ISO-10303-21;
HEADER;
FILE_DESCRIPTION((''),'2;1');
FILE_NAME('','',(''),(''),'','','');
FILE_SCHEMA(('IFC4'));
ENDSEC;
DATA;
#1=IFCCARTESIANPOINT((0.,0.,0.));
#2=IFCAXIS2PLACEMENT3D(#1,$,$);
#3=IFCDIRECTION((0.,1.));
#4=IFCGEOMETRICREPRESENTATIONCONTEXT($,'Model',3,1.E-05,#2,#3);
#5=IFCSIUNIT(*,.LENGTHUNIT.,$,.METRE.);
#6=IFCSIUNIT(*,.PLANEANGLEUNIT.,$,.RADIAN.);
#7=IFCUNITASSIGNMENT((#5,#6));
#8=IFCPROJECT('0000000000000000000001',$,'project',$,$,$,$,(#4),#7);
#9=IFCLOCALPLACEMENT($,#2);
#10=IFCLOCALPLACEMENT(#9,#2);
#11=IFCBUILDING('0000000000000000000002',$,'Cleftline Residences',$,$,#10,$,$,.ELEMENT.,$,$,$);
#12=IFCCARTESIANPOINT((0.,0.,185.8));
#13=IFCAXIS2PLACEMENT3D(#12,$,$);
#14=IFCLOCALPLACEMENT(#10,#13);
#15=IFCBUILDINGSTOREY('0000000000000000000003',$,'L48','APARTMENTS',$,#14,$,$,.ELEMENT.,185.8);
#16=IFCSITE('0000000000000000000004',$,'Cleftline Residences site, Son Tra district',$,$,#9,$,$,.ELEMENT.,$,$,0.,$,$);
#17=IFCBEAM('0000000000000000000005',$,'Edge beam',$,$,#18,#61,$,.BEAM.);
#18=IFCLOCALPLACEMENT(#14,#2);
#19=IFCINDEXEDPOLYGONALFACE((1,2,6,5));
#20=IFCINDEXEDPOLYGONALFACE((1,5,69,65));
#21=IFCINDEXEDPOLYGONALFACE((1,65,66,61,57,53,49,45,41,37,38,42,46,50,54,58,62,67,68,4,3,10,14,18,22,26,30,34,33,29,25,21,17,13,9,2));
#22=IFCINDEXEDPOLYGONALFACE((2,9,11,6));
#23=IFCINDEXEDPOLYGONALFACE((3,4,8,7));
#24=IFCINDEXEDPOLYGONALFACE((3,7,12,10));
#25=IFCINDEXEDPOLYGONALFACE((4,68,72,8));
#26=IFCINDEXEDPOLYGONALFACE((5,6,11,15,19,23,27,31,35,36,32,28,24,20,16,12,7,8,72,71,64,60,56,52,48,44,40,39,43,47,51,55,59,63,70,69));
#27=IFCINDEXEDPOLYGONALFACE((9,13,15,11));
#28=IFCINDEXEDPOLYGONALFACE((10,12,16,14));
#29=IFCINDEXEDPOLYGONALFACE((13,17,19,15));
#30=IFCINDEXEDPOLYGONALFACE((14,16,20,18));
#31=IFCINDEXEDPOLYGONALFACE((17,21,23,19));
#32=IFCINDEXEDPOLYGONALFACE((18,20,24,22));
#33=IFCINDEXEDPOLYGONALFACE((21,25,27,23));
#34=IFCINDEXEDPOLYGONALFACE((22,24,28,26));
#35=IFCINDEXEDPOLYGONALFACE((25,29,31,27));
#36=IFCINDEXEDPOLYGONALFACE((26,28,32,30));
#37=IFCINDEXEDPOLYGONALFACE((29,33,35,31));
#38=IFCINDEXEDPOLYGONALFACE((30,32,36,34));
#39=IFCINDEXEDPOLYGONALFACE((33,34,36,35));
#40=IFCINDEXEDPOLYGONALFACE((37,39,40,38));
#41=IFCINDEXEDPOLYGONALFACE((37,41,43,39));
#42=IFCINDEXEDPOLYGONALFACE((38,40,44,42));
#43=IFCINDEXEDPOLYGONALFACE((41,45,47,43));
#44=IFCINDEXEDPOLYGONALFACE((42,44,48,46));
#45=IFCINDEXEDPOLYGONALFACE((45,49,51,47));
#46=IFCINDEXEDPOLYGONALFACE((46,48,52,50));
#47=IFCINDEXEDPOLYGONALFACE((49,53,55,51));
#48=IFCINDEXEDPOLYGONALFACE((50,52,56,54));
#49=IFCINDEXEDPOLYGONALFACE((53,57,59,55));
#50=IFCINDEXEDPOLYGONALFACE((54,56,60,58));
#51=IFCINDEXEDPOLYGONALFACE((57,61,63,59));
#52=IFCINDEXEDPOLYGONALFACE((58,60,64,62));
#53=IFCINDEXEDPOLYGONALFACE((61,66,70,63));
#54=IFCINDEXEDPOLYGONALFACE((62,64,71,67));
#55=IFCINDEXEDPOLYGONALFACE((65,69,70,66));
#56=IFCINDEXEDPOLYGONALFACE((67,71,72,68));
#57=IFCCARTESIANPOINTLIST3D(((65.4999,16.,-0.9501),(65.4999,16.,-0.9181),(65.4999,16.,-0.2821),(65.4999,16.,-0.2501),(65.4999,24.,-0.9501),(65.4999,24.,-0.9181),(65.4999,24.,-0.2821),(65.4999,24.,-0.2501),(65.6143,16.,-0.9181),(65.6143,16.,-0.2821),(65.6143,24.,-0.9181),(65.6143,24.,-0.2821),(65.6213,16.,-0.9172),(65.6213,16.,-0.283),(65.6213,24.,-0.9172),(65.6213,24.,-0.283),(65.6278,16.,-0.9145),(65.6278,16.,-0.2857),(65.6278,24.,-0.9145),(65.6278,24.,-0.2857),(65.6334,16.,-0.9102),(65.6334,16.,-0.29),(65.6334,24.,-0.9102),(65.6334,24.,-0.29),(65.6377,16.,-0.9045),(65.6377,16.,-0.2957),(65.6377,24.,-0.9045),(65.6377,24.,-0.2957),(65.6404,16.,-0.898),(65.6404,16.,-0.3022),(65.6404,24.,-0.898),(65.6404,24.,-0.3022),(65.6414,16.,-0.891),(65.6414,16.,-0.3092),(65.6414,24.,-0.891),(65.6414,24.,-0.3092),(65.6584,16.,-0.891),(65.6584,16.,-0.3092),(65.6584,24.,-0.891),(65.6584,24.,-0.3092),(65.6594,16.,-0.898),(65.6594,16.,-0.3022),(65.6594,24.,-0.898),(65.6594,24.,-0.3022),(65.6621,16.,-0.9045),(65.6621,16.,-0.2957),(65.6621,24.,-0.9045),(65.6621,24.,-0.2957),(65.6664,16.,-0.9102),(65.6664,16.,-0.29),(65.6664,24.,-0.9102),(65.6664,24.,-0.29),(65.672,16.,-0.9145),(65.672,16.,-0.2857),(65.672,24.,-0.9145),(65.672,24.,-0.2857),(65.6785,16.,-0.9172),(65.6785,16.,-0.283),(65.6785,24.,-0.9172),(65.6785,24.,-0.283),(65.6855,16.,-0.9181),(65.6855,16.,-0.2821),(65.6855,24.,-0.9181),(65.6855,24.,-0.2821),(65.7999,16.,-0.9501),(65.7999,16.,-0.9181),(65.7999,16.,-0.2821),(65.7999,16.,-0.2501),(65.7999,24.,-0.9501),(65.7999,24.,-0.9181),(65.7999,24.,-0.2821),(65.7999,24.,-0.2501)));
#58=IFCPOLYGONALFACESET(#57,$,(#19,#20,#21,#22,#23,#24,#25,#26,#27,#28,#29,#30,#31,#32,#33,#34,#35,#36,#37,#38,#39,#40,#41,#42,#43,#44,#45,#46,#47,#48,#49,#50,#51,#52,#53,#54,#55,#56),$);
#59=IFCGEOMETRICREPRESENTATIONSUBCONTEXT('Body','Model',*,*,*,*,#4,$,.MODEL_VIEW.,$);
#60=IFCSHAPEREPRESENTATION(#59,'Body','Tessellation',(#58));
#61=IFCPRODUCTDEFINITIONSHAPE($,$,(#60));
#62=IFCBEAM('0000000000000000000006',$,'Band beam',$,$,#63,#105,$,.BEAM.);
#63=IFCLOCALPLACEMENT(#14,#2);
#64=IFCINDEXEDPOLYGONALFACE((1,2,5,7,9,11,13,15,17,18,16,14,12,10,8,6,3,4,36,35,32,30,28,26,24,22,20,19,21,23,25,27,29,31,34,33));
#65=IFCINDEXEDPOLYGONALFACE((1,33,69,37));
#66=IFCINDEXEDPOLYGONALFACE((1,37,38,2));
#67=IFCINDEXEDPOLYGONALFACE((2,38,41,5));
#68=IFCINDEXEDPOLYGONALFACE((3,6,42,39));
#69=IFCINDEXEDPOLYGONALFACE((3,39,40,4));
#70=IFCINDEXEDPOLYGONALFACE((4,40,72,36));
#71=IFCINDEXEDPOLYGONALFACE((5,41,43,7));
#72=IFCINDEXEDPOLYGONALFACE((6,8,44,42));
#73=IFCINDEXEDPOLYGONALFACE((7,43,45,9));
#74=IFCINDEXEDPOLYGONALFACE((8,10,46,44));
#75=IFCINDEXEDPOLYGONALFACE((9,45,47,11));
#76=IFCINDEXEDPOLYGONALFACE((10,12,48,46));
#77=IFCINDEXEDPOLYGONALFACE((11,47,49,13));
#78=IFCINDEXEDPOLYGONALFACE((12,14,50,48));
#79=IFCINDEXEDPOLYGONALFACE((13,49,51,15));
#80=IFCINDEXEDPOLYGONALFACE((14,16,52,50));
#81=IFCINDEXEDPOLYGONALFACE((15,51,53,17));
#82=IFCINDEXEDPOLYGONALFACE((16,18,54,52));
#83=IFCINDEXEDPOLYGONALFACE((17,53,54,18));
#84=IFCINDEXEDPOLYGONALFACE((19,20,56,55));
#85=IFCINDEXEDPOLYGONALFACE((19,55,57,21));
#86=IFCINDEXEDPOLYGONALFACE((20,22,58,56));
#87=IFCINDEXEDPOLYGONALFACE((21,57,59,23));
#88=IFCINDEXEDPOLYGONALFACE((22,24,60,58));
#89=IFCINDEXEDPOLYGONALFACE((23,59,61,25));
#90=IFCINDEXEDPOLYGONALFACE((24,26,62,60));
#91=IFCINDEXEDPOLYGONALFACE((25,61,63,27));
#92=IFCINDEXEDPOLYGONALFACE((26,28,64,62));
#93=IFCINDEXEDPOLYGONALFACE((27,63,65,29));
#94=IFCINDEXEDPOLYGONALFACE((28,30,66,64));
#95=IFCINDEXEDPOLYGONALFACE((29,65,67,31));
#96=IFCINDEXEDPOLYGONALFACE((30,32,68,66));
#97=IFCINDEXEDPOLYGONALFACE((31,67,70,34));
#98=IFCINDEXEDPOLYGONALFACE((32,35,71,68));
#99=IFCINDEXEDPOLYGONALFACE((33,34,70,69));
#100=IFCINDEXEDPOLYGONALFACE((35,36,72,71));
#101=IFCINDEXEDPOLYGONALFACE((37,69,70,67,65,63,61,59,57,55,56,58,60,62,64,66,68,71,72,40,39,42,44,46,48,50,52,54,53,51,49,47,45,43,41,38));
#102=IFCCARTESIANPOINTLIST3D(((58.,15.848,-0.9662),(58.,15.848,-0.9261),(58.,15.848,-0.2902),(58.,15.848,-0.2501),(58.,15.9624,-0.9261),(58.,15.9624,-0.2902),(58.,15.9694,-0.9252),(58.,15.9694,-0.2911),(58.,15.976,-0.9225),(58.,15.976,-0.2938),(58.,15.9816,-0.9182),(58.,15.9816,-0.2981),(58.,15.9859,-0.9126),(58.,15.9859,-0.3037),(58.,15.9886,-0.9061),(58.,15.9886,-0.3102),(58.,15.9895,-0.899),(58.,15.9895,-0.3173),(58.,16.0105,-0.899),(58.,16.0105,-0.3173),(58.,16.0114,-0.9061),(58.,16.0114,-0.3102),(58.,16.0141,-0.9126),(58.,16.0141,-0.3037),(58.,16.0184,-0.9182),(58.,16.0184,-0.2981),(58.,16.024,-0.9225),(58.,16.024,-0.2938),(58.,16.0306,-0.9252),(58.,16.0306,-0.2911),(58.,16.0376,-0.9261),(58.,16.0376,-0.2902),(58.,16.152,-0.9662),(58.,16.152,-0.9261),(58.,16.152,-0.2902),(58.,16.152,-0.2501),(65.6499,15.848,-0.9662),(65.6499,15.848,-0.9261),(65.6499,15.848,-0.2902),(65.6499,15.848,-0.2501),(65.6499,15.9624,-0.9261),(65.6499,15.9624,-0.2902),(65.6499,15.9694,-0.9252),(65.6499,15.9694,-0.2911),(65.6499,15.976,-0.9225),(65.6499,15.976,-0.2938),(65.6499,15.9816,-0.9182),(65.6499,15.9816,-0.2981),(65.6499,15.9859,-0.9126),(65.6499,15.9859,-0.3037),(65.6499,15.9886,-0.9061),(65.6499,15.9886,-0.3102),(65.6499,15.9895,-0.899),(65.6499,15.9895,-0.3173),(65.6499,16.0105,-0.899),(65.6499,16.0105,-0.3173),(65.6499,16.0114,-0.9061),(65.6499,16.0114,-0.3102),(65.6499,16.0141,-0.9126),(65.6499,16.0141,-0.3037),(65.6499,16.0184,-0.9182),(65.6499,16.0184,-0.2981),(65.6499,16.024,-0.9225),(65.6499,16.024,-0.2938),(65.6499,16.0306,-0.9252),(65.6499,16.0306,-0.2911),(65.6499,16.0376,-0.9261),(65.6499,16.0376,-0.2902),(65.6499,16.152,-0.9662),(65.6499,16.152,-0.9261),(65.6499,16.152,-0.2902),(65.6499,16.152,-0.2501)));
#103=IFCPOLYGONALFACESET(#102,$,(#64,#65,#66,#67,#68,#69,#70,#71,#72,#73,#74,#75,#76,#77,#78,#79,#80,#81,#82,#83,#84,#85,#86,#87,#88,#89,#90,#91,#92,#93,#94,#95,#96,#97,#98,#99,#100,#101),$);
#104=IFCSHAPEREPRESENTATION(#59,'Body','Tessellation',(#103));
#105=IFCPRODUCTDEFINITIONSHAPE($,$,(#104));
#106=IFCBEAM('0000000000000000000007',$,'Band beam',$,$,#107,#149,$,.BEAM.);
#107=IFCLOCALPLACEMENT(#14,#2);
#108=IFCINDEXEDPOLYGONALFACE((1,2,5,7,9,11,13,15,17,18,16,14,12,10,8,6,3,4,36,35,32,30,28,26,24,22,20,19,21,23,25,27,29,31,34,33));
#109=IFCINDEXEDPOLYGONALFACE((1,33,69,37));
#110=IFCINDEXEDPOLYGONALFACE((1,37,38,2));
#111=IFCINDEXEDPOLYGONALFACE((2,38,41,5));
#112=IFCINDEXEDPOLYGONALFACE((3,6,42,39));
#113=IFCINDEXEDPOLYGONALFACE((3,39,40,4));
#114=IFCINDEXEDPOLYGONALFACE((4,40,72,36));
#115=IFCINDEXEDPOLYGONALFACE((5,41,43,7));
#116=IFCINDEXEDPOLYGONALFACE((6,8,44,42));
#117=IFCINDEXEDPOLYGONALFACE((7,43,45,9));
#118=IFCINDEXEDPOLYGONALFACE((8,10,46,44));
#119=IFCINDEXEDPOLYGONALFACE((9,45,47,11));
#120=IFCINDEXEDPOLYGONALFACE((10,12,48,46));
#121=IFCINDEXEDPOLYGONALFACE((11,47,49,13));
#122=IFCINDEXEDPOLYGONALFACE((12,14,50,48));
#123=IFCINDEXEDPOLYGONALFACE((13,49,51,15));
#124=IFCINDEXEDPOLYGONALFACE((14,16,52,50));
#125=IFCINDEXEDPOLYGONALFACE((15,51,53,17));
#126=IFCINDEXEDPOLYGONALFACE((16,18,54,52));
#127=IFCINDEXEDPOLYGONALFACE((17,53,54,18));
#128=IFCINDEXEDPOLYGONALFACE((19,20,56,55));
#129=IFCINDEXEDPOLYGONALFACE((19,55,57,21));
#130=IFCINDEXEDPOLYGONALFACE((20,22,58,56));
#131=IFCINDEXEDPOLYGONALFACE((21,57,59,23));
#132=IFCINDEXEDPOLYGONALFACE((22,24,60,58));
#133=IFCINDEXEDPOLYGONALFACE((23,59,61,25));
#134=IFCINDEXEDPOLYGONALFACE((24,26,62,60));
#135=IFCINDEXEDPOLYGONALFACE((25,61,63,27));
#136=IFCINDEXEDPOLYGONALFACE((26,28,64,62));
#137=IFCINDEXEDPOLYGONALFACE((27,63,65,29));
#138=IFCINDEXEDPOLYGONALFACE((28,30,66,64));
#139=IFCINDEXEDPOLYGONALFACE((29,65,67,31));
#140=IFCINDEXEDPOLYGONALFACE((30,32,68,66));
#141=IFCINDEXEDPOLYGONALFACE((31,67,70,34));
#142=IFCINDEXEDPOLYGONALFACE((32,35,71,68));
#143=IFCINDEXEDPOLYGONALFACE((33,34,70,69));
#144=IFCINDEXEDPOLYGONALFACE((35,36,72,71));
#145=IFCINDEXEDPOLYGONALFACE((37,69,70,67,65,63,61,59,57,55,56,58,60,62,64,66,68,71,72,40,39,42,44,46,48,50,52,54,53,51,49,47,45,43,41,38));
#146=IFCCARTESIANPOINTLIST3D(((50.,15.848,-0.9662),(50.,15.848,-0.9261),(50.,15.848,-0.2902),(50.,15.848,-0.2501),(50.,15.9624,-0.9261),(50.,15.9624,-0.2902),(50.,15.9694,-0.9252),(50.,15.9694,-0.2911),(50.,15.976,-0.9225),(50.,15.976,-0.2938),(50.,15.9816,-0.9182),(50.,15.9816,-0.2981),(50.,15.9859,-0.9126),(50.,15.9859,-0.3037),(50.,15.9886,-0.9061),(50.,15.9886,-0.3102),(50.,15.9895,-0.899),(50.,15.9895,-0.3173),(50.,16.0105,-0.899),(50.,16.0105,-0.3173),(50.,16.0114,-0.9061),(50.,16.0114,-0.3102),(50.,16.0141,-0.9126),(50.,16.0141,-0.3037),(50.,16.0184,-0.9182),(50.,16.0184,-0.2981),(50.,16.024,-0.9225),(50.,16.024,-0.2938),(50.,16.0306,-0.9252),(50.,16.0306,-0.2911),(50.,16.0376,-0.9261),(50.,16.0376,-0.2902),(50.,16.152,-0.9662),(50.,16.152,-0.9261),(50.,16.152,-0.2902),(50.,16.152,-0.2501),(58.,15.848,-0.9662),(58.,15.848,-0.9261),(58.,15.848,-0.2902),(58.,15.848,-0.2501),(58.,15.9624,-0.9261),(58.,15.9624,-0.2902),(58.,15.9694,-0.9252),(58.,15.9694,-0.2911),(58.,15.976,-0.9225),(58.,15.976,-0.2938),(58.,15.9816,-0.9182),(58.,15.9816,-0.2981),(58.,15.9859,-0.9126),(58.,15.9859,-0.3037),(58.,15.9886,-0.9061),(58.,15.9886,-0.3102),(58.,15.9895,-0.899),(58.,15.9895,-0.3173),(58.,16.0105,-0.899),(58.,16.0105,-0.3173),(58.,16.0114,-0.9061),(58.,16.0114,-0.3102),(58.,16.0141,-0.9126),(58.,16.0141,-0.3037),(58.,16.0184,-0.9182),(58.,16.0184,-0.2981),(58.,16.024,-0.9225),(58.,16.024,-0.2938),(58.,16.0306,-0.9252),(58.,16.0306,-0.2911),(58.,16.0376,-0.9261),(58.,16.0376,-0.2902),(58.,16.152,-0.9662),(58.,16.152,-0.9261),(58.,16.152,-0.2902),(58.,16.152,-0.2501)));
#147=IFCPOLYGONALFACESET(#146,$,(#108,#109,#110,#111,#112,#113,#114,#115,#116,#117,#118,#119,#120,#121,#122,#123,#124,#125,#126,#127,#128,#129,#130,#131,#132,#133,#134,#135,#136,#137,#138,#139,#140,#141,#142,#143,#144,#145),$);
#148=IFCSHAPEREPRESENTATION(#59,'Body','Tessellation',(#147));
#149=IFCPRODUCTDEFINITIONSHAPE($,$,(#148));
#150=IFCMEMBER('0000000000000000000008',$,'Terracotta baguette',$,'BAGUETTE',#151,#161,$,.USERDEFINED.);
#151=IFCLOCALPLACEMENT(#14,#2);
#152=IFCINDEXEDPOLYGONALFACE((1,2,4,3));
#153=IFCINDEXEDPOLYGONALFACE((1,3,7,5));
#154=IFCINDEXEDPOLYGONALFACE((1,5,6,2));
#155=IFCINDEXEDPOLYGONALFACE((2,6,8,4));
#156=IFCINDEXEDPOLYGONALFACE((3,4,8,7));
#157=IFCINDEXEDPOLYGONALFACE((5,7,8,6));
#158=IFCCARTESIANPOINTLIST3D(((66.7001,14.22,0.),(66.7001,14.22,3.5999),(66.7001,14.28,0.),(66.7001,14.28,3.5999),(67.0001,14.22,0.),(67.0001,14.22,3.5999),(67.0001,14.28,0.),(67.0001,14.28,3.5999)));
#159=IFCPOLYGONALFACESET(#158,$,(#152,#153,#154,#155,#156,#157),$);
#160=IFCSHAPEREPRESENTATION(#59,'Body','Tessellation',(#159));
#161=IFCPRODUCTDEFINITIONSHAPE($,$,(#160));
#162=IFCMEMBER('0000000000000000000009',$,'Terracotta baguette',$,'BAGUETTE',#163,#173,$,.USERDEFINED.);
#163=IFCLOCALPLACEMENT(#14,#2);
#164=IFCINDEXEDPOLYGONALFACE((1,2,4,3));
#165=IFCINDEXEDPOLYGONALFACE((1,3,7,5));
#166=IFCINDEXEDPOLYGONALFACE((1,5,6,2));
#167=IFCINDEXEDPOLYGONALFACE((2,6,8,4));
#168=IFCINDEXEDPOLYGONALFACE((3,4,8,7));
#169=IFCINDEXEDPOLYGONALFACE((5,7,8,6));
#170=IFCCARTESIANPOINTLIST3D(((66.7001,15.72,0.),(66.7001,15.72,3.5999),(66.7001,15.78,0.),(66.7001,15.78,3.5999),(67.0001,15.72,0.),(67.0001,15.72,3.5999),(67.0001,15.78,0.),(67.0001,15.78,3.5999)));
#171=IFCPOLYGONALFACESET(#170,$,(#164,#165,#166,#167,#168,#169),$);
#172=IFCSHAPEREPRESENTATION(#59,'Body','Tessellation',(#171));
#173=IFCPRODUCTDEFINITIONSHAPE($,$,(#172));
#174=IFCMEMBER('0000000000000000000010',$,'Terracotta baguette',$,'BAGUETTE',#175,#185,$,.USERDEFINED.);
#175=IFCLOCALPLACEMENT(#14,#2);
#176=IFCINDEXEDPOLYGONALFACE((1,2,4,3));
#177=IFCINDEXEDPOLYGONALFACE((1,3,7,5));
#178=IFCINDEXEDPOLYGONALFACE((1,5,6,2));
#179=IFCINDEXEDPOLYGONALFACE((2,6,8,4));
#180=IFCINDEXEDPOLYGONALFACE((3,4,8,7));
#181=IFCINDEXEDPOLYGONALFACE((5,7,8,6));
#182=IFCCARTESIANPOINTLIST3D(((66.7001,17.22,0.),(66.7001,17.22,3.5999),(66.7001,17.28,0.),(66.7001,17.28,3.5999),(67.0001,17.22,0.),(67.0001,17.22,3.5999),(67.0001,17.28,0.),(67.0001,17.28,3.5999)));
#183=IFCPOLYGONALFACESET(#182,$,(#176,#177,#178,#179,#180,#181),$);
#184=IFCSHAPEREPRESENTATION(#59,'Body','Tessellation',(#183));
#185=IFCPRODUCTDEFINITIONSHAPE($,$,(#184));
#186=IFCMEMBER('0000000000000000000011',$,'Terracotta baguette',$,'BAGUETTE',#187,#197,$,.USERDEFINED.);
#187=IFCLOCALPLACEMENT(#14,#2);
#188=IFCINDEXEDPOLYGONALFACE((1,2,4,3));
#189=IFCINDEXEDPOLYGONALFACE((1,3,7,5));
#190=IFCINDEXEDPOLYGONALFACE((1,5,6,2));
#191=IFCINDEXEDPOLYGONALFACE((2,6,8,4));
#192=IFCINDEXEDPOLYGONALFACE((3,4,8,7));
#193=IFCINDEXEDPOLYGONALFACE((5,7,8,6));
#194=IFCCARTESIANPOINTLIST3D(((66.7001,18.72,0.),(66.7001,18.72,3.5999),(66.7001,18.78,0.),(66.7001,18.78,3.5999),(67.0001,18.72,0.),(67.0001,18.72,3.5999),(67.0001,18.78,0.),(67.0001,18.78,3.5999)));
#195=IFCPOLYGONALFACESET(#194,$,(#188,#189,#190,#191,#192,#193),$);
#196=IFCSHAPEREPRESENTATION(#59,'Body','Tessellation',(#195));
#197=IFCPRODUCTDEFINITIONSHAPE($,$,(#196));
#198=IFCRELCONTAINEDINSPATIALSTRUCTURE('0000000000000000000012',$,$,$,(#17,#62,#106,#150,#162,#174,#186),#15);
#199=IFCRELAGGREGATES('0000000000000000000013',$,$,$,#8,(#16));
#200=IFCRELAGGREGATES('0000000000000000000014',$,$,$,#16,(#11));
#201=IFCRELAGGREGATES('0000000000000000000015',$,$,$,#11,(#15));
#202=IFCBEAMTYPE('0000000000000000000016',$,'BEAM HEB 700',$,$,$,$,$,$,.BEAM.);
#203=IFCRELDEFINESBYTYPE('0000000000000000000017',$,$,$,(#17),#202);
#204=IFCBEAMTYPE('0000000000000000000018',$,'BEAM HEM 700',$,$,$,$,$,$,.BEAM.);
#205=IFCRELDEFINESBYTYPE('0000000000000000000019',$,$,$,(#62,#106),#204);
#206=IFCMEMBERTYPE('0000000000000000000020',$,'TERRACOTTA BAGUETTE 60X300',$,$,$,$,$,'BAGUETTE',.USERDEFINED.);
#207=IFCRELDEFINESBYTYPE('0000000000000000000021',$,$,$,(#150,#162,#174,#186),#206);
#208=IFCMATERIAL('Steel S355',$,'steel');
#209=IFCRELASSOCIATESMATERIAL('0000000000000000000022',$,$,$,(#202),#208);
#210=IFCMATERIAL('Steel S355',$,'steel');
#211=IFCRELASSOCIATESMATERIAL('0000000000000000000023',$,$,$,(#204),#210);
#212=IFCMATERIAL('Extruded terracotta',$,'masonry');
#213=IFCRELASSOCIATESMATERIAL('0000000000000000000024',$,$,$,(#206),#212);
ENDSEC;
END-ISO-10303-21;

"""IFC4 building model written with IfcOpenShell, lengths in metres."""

from ifc_helpers import new_model, si_unit, direction, frame, origin, origin_2d, place, context, subcontext, project, spatial, rectangle, i_section, extrude, material, material_profile, profile_set, type_object, element, save


model = new_model("IFC4")

# Units and contexts
model_context = context("Model", 3, precision=1e-05, world=origin(), true_north=direction((0.0, 1.0)))
body_context = subcontext(model_context, "Body", "Model", "MODEL_VIEW")
ifc_project = project(units=[si_unit("LENGTHUNIT", "METRE"), si_unit("PLANEANGLEUNIT", "RADIAN")], contexts=[model_context])

# Site, building, storey
site_placement = place(None, origin())
site = spatial("IfcSite", under=ifc_project, at=site_placement, Name="Cleftline Residences site, Son Tra district", CompositionType="ELEMENT", RefElevation=0.0)
building_placement = place(site_placement, origin())
building = spatial("IfcBuilding", under=site, at=building_placement, Name="Cleftline Residences", CompositionType="ELEMENT")
storey_placement = place(building_placement, frame((0.0, 0.0, 185.8)))
storey = spatial("IfcBuildingStorey", under=building, at=storey_placement, Name="L48", Description="APARTMENTS", CompositionType="ELEMENT", Elevation=185.8)

# Beams
ifc_material_1 = material(Name="Steel S355", Category="steel")
ifc_material_profile_1 = material_profile(ifc_material_1, i_section(OverallWidth=0.3, OverallDepth=0.7, WebThickness=0.0171, FlangeThickness=0.032, FilletRadius=0.0271, at=origin_2d()))
ifc_profile_set_1 = profile_set([ifc_material_profile_1], Name="Steel S355")
beam_type_1 = type_object("IfcBeamType", Name="BEAM HEB 700", PredefinedType="BEAM", material=ifc_profile_set_1)
beam_1_placement = place(storey_placement, frame((65.6499, 16.0, -0.6001), z_axis=(0.0, 1.0, 0.0), x_axis=(-1.0, 0.0, 0.0)))
element("IfcBeam", 1, at=beam_1_placement, inside=storey, type_object=beam_type_1, Name="Edge beam", PredefinedType="BEAM", context=body_context, shape_type="SweptSolid", body=[
    extrude(i_section(OverallWidth=0.3, OverallDepth=0.7, WebThickness=0.0171, FlangeThickness=0.032, FilletRadius=0.0271, at=origin_2d()), origin(), (0.0, 0.0, 1.0), 8.0),
])
ifc_material_2 = material(Name="Steel S355", Category="steel")
ifc_material_profile_2 = material_profile(ifc_material_2, i_section(OverallWidth=0.304, OverallDepth=0.7161, WebThickness=0.021, FlangeThickness=0.04, FilletRadius=0.0271, at=origin_2d()))
ifc_profile_set_2 = profile_set([ifc_material_profile_2], Name="Steel S355")
beam_type_2 = type_object("IfcBeamType", Name="BEAM HEM 700", PredefinedType="BEAM", material=ifc_profile_set_2)
beam_2_placement = place(storey_placement, frame((65.6499, 16.0, -0.6082), z_axis=(-1.0, 0.0, 0.0), x_axis=(0.0, -1.0, 0.0)))
element("IfcBeam", 2, at=beam_2_placement, inside=storey, type_object=beam_type_2, Name="Band beam", PredefinedType="BEAM", context=body_context, shape_type="SweptSolid", body=[
    extrude(i_section(OverallWidth=0.304, OverallDepth=0.7161, WebThickness=0.021, FlangeThickness=0.04, FilletRadius=0.0271, at=origin_2d()), origin(), (0.0, 0.0, 1.0), 7.6499),
])
beam_3_placement = place(storey_placement, frame((58.0, 16.0, -0.6082), z_axis=(-1.0, 0.0, 0.0), x_axis=(0.0, -1.0, 0.0)))
element("IfcBeam", 3, at=beam_3_placement, inside=storey, type_object=beam_type_2, Name="Band beam", PredefinedType="BEAM", context=body_context, shape_type="SweptSolid", body=[
    extrude(i_section(OverallWidth=0.304, OverallDepth=0.7161, WebThickness=0.021, FlangeThickness=0.04, FilletRadius=0.0271, at=origin_2d()), origin(), (0.0, 0.0, 1.0), 8.0),
])

# Members
ifc_material_3 = material(Name="Extruded terracotta", Category="masonry")
ifc_material_profile_3 = material_profile(ifc_material_3, rectangle(XDim=0.0601, YDim=0.3, at=origin_2d()))
ifc_profile_set_3 = profile_set([ifc_material_profile_3], Name="Extruded terracotta")
member_type_1 = type_object("IfcMemberType", Name="TERRACOTTA BAGUETTE 60X300", ElementType="BAGUETTE", PredefinedType="USERDEFINED", material=ifc_profile_set_3)
for number, where, z_axis, x_axis, name in (
    (4, (66.8501, 14.25, 0.0), (0.0, 0.0, 1.0), (0.0, 1.0, 0.0), "Terracotta baguette"),
    (5, (66.8501, 15.75, 0.0), (0.0, 0.0, 1.0), (0.0, 1.0, 0.0), "Terracotta baguette"),
    (6, (66.8501, 17.25, 0.0), (0.0, 0.0, 1.0), (0.0, 1.0, 0.0), "Terracotta baguette"),
    (7, (66.8501, 18.75, 0.0), (0.0, 0.0, 1.0), (0.0, 1.0, 0.0), "Terracotta baguette"),
):
    element("IfcMember", number, at=place(storey_placement, frame(where, z_axis=z_axis, x_axis=x_axis)), inside=storey, type_object=member_type_1, Name=name, ObjectType="BAGUETTE", PredefinedType="USERDEFINED", context=body_context, shape_type="SweptSolid", body=[
        extrude(rectangle(XDim=0.0601, YDim=0.3, at=origin_2d()), origin(), (0.0, 0.0, 1.0), 3.5999),
    ])

save(model, "model.ifc")
